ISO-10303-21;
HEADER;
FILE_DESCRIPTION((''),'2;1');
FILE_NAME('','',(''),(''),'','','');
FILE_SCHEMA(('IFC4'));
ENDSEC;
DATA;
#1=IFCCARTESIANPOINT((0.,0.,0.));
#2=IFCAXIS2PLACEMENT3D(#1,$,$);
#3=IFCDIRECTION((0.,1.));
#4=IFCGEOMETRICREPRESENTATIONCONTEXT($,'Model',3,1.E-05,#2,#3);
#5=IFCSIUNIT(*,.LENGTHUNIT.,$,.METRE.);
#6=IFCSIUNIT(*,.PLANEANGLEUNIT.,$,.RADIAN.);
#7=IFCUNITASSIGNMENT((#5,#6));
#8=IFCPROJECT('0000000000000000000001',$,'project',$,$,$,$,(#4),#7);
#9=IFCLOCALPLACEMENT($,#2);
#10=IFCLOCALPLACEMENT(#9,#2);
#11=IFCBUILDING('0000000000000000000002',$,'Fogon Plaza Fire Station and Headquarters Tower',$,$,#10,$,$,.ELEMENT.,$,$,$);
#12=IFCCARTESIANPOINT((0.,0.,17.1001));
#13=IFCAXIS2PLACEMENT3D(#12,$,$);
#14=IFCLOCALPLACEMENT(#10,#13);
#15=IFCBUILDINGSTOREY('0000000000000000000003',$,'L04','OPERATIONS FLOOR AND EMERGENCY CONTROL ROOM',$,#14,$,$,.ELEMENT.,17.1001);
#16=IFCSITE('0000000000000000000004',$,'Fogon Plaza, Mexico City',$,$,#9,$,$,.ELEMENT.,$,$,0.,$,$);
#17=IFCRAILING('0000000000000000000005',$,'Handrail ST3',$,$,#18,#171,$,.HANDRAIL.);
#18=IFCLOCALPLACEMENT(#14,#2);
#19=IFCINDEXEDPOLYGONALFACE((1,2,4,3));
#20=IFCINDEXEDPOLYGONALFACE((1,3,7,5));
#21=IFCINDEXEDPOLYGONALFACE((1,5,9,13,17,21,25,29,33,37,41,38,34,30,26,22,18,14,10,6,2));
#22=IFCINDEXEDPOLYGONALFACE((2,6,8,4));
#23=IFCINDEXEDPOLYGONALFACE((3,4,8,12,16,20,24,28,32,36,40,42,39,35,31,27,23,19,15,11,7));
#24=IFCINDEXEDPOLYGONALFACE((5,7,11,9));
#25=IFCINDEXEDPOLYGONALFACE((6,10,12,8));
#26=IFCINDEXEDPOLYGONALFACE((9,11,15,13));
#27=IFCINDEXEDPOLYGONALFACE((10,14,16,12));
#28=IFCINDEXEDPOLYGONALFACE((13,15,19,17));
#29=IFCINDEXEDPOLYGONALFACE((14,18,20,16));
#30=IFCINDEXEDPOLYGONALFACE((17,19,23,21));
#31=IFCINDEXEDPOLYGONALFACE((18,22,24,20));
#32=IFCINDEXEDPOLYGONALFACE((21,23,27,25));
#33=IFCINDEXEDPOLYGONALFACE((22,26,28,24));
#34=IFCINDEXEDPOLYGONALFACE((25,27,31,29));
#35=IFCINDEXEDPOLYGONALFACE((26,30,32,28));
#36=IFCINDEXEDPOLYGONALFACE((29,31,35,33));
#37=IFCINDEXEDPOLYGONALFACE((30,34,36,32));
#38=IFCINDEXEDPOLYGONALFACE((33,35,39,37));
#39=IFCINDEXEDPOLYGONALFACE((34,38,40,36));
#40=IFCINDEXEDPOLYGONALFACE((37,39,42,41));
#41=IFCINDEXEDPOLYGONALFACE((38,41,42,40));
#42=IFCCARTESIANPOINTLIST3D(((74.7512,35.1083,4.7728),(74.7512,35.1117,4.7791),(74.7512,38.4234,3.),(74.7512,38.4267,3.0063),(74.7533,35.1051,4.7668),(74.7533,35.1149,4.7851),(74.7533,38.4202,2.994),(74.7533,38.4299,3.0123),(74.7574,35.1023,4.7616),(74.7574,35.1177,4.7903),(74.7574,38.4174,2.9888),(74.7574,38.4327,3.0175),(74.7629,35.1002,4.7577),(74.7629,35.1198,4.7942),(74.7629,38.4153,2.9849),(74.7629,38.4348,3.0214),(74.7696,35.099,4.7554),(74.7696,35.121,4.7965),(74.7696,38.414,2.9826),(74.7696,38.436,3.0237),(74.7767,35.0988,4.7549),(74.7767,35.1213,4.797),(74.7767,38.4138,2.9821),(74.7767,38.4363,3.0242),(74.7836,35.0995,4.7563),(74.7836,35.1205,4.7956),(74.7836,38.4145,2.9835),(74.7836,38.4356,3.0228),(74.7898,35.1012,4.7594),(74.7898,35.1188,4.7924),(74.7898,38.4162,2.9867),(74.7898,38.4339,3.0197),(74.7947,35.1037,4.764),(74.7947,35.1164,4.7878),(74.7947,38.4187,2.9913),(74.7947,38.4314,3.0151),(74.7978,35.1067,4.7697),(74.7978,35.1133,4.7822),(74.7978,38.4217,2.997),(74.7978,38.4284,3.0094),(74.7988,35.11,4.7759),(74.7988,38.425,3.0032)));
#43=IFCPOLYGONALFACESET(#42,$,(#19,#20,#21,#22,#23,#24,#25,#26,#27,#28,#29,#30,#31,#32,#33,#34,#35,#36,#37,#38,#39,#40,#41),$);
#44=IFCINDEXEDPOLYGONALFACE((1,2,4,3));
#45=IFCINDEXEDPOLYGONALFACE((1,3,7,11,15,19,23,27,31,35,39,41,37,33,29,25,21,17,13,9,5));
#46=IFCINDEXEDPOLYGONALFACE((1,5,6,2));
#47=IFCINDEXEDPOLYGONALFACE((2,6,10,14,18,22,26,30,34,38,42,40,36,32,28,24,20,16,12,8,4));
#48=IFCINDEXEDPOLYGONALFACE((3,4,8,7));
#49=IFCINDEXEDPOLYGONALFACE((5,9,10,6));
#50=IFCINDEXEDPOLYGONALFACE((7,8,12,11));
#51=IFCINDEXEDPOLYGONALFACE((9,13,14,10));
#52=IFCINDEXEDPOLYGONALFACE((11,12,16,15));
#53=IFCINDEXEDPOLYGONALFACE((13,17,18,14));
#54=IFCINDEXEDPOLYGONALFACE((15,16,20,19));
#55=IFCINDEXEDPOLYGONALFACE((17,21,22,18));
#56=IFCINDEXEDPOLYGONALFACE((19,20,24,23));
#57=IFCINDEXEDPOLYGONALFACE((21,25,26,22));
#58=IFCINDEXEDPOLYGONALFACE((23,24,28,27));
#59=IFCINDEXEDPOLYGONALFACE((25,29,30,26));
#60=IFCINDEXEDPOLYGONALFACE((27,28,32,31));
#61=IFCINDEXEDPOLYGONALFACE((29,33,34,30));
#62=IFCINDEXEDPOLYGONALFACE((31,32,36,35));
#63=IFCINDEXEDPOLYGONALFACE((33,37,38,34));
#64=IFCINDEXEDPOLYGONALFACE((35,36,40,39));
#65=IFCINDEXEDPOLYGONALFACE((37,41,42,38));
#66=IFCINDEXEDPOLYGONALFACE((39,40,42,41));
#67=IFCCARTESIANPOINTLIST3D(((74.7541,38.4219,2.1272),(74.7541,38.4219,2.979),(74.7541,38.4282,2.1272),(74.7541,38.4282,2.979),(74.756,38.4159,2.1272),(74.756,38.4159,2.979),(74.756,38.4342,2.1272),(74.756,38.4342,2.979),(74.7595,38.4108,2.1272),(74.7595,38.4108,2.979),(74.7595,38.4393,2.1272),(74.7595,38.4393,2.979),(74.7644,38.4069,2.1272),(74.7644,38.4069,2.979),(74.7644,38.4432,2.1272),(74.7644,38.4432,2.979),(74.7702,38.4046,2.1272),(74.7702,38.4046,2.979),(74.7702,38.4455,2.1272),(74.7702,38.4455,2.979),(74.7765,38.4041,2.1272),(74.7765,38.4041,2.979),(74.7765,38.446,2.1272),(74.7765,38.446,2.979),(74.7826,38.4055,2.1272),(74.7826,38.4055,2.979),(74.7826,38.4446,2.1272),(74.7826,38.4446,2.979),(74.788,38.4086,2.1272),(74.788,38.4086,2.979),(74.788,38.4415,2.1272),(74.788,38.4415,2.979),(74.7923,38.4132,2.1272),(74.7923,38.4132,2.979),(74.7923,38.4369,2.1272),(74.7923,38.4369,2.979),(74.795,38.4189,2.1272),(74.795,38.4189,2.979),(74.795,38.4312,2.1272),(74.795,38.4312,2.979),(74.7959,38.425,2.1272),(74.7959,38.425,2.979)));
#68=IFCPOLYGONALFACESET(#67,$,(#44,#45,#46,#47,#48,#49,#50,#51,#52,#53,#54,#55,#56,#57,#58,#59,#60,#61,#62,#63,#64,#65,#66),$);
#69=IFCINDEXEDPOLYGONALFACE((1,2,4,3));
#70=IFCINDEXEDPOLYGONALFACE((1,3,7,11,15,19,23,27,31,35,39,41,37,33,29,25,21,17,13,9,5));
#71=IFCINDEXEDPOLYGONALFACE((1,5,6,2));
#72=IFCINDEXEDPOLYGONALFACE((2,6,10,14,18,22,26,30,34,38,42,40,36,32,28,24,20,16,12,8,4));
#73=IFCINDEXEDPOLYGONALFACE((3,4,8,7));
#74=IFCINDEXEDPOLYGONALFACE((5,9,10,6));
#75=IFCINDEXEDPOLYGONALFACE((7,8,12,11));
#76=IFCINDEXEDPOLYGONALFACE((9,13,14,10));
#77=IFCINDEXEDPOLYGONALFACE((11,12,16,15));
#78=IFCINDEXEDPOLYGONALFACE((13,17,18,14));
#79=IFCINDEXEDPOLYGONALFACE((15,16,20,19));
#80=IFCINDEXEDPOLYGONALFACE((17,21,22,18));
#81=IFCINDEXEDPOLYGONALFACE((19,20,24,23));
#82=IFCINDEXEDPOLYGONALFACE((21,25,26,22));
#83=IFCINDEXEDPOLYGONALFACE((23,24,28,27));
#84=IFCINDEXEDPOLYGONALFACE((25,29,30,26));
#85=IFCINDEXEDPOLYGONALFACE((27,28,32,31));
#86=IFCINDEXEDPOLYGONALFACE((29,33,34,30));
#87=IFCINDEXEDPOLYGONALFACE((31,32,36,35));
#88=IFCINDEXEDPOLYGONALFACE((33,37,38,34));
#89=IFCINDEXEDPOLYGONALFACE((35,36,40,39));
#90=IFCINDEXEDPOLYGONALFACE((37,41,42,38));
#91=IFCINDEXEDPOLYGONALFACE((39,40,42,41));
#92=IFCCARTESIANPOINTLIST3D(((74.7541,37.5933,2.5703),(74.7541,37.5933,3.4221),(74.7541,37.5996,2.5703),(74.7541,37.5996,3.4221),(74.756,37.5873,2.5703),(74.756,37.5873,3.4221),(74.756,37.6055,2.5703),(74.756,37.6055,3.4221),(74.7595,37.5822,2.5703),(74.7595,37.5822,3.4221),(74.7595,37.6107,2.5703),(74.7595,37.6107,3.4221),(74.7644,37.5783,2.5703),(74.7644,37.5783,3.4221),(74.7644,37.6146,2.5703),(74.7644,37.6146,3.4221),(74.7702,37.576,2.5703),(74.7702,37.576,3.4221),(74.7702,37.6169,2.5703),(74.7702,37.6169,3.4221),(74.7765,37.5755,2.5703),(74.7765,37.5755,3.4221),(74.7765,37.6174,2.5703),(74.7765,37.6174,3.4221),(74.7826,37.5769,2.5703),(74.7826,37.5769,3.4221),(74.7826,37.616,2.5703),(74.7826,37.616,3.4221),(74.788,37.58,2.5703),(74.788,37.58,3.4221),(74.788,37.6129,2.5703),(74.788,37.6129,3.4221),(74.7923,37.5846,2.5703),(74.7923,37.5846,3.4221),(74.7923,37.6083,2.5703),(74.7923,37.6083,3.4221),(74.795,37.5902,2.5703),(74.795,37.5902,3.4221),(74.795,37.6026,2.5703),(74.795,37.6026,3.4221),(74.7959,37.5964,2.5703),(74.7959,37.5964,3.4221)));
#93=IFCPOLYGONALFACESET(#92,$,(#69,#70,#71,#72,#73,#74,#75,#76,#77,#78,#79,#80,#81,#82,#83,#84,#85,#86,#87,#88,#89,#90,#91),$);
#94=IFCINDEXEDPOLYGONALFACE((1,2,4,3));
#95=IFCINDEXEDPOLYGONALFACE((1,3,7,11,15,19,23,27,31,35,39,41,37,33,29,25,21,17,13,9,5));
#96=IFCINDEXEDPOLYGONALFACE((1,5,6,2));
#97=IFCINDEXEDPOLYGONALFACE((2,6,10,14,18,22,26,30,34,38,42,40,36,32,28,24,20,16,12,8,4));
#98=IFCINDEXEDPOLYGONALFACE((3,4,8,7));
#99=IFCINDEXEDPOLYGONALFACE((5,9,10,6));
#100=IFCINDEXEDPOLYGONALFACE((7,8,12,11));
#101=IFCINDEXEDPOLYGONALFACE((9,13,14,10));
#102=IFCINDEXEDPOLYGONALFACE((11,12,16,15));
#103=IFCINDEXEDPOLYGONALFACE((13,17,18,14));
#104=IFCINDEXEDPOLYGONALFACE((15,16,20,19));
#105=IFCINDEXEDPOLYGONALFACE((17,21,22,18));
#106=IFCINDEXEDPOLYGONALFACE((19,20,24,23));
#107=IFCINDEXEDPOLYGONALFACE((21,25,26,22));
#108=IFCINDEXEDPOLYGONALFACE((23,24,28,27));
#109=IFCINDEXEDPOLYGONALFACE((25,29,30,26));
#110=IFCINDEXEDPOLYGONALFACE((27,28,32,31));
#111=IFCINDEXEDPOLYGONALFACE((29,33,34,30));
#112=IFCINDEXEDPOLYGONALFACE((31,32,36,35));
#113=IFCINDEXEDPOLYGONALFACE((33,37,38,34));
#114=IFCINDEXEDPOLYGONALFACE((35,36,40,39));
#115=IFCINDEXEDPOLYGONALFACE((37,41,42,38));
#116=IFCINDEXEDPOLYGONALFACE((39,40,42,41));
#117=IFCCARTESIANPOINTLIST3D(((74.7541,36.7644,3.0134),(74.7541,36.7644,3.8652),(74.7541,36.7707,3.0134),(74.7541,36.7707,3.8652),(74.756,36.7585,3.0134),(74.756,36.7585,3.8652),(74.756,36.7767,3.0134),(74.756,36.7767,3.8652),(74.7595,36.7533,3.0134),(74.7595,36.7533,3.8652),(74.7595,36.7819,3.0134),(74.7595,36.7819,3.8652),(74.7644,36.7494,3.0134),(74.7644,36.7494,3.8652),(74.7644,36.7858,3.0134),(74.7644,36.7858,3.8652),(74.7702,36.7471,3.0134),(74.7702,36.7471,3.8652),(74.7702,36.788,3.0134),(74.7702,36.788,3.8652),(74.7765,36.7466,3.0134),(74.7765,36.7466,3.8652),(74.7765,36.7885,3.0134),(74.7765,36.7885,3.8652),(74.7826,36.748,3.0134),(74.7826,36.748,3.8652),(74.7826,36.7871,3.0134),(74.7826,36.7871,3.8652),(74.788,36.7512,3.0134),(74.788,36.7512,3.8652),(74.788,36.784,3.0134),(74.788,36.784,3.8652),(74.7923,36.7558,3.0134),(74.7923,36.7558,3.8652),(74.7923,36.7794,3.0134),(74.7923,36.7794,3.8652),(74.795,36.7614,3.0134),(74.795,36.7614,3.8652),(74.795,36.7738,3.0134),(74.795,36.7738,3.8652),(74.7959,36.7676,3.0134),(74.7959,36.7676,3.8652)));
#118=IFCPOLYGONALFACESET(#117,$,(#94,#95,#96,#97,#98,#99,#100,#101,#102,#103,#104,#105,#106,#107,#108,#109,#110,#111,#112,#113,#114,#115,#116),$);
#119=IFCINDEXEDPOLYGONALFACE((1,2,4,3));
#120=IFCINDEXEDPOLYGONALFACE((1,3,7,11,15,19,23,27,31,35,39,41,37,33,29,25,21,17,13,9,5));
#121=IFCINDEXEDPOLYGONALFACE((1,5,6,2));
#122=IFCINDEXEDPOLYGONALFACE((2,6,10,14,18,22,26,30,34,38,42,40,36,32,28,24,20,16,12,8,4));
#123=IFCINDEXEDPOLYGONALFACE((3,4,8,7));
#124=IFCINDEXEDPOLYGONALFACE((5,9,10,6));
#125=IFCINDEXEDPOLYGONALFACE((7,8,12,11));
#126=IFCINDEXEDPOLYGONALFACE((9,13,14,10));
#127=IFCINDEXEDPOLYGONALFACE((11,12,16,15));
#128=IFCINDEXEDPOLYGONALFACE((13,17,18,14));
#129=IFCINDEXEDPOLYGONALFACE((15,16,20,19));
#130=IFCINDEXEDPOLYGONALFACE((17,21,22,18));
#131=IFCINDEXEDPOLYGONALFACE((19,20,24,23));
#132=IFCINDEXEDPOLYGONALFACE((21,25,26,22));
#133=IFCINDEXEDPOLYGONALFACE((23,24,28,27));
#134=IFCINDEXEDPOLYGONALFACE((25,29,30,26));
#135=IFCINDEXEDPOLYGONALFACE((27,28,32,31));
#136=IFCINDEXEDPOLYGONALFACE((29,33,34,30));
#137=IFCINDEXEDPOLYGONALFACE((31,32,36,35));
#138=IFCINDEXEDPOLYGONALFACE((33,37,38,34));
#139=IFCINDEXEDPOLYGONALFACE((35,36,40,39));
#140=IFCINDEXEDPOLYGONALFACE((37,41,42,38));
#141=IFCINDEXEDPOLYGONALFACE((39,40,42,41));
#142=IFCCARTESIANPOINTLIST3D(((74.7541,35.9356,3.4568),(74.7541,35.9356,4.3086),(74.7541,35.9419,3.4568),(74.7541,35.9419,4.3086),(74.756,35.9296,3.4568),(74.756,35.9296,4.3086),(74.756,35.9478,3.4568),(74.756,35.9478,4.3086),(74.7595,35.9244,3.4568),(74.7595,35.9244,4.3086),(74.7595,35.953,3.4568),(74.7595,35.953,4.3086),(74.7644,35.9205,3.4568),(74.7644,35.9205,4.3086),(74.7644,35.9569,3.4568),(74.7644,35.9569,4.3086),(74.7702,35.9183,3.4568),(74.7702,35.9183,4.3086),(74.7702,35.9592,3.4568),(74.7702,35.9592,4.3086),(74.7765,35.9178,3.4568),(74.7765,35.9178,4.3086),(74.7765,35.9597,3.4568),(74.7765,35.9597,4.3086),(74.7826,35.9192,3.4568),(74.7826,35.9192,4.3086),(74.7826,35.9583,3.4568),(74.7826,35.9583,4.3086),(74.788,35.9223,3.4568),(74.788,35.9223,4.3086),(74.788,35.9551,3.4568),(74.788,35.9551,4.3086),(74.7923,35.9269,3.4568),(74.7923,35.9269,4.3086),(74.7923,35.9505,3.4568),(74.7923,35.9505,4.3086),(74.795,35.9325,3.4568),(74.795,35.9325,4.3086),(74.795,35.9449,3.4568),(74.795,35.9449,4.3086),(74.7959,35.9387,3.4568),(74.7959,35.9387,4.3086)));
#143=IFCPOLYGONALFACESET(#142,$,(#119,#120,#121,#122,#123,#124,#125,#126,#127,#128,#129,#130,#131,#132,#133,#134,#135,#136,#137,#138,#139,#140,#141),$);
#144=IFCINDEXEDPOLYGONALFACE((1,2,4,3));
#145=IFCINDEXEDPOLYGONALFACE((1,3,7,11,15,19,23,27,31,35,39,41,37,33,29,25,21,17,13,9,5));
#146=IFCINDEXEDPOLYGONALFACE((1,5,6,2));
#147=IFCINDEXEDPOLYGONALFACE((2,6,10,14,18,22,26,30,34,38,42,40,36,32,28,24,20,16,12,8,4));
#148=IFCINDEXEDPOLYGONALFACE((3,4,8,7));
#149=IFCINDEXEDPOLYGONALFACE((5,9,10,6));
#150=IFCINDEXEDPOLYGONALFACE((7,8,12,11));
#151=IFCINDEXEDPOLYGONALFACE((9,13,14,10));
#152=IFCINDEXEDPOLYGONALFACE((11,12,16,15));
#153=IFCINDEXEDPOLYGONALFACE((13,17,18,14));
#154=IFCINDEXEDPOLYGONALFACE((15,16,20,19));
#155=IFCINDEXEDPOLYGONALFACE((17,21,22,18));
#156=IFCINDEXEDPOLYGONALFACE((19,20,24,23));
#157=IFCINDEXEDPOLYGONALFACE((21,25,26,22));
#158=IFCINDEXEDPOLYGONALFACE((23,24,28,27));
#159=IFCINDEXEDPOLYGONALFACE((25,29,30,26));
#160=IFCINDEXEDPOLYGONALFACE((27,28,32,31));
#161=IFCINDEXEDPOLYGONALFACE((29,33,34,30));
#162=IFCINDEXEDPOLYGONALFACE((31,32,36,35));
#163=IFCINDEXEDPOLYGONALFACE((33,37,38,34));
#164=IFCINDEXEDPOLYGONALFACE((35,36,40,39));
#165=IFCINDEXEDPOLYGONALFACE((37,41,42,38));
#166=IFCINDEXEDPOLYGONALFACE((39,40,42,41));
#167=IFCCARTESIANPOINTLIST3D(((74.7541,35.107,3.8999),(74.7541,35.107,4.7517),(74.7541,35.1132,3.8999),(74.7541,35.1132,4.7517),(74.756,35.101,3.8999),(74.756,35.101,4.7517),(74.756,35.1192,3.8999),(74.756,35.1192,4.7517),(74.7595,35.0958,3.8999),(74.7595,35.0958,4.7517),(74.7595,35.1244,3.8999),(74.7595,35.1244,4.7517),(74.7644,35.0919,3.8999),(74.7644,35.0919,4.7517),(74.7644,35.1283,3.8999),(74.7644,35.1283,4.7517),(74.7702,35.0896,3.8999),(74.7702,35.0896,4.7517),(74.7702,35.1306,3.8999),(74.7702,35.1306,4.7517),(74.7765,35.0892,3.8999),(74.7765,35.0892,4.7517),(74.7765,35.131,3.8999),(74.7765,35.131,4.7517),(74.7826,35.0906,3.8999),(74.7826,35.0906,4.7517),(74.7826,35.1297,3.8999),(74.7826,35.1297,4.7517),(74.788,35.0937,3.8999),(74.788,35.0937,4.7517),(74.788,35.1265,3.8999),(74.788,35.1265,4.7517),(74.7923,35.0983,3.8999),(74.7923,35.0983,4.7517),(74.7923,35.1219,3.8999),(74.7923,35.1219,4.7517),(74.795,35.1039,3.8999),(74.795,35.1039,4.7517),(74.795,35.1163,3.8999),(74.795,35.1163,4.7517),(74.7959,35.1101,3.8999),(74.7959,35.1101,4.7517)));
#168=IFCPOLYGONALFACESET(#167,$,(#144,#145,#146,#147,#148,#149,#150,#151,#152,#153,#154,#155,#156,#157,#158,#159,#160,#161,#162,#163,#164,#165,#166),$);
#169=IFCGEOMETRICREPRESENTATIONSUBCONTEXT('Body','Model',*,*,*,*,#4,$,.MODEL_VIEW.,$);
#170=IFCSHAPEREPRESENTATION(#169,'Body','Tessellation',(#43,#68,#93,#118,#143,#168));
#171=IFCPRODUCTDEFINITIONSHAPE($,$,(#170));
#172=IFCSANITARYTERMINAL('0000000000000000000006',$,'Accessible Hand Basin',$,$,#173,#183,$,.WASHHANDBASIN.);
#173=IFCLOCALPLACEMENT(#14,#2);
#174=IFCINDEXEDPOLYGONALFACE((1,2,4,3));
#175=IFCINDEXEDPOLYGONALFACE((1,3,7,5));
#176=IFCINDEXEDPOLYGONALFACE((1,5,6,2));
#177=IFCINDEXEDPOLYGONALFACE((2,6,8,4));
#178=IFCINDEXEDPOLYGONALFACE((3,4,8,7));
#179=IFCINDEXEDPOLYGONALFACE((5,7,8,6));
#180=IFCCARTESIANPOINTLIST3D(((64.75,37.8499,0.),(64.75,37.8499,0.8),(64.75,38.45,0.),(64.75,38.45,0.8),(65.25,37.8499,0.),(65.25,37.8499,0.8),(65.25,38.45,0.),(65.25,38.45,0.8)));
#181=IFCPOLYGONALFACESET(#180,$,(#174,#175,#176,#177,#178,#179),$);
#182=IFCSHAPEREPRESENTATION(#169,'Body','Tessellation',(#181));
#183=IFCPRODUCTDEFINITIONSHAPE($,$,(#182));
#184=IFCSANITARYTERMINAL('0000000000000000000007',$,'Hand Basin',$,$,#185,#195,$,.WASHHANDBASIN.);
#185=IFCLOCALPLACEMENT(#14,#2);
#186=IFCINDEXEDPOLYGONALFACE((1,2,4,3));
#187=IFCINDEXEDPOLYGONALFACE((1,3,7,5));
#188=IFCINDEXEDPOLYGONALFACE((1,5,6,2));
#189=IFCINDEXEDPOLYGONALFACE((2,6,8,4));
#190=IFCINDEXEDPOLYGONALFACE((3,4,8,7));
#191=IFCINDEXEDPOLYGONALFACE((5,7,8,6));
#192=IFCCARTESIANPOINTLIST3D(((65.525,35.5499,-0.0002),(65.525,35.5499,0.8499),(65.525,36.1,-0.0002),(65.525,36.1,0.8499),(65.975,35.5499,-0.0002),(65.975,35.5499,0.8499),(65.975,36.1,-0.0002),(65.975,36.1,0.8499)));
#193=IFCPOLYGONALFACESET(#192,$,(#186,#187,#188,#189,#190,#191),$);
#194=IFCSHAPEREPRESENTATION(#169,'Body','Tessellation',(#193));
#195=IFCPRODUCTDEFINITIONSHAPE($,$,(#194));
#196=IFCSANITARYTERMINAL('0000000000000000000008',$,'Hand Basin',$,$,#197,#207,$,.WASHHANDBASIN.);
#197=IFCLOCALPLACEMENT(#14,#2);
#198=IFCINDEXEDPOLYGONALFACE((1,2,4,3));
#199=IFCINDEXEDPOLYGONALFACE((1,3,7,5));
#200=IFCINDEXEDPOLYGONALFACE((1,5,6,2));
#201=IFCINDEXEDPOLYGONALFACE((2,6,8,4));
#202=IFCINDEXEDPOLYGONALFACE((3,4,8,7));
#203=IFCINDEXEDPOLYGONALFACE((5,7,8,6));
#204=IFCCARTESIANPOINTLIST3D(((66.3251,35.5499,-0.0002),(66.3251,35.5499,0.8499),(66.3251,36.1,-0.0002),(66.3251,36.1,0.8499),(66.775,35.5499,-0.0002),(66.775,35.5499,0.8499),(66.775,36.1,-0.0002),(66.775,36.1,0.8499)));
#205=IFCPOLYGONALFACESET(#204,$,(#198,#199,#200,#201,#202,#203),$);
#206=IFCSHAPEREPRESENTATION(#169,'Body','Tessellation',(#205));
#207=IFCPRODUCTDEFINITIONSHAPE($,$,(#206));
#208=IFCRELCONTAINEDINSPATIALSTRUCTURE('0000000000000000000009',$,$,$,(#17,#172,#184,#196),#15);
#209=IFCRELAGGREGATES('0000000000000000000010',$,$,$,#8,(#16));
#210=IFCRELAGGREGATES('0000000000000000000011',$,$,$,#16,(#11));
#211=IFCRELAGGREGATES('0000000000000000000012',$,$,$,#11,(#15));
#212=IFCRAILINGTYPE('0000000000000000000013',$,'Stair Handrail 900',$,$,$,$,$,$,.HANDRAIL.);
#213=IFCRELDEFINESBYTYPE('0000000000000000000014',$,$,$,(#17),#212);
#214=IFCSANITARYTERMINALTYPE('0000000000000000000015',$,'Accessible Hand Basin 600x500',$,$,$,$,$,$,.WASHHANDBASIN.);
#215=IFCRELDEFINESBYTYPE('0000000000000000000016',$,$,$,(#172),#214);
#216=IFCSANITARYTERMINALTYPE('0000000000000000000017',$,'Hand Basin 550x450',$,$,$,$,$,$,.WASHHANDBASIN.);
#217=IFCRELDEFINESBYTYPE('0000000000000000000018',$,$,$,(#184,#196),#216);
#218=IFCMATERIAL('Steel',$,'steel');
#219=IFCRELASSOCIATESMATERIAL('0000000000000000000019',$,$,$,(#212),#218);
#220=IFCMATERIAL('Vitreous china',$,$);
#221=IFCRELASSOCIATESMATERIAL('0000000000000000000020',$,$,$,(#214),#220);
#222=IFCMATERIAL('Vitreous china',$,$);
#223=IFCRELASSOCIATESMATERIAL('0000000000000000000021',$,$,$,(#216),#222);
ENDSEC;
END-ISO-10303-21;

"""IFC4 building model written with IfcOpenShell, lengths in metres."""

from ifc_helpers import new_model, si_unit, direction, frame, origin, origin_2d, place, context, subcontext, project, spatial, rectangle, circle, extrude, material, type_object, element, save


model = new_model("IFC4")

# Units and contexts
model_context = context("Model", 3, precision=1e-05, world=origin(), true_north=direction((0.0, 1.0)))
body_context = subcontext(model_context, "Body", "Model", "MODEL_VIEW")
ifc_project = project(units=[si_unit("LENGTHUNIT", "METRE"), si_unit("PLANEANGLEUNIT", "RADIAN")], contexts=[model_context])

# Site, building, storey
site_placement = place(None, origin())
site = spatial("IfcSite", under=ifc_project, at=site_placement, Name="Fogon Plaza, Mexico City", CompositionType="ELEMENT", RefElevation=0.0)
building_placement = place(site_placement, origin())
building = spatial("IfcBuilding", under=site, at=building_placement, Name="Fogon Plaza Fire Station and Headquarters Tower", CompositionType="ELEMENT")
storey_placement = place(building_placement, frame((0.0, 0.0, 17.1001)))
storey = spatial("IfcBuildingStorey", under=building, at=storey_placement, Name="L04", Description="OPERATIONS FLOOR AND EMERGENCY CONTROL ROOM", CompositionType="ELEMENT", Elevation=17.1001)

# Railing
ifc_material_1 = material(Name="Steel", Category="steel")
railing_type = type_object("IfcRailingType", Name="Stair Handrail 900", PredefinedType="HANDRAIL", material=ifc_material_1)
for number, where, name in (
    (1, (74.7749, 38.425, 2.1272), "Handrail ST3"),
):
    element("IfcRailing", number, at=place(storey_placement, frame(where)), inside=storey, type_object=railing_type, Name=name, PredefinedType="HANDRAIL", context=body_context, shape_type="SweptSolid", body=[
        extrude(circle(Radius=0.0239, at=origin_2d()), frame((0.0, 0.0, 0.876), z_axis=(0.0, -0.881829, 0.471569), x_axis=(1.0, 0.0, 0.0)), (0.0, 0.0, 1.0), 3.7593),
        extrude(circle(Radius=0.021, at=origin_2d()), origin(), (0.0, 0.0, 1.0), 0.8518),
        extrude(circle(Radius=0.021, at=origin_2d()), frame((0.0, -0.8286, 0.4431)), (0.0, 0.0, 1.0), 0.8518),
        extrude(circle(Radius=0.021, at=origin_2d()), frame((0.0, -1.6575, 0.8862)), (0.0, 0.0, 1.0), 0.8518),
        extrude(circle(Radius=0.021, at=origin_2d()), frame((0.0, -2.4863, 1.3296)), (0.0, 0.0, 1.0), 0.8518),
        extrude(circle(Radius=0.021, at=origin_2d()), frame((0.0, -3.3149, 1.7727)), (0.0, 0.0, 1.0), 0.8518),
    ])

# Sanitary terminals
ifc_material_2 = material(Name="Vitreous china")
sanitary_terminal_type_1 = type_object("IfcSanitaryTerminalType", Name="Accessible Hand Basin 600x500", PredefinedType="WASHHANDBASIN", material=ifc_material_2)
sanitary_terminal_placement = place(storey_placement, frame((65.0, 38.1499, 0.0), z_axis=(0.0, 0.0, 1.0), x_axis=(1.0, 0.0, 0.0)))
element("IfcSanitaryTerminal", 2, at=sanitary_terminal_placement, inside=storey, type_object=sanitary_terminal_type_1, Name="Accessible Hand Basin", PredefinedType="WASHHANDBASIN", context=body_context, shape_type="SweptSolid", body=[
    extrude(rectangle(XDim=0.5, YDim=0.6001, at=origin_2d()), origin(), (0.0, 0.0, 1.0), 0.8),
])
ifc_material_3 = material(Name="Vitreous china")
sanitary_terminal_type_2 = type_object("IfcSanitaryTerminalType", Name="Hand Basin 550x450", PredefinedType="WASHHANDBASIN", material=ifc_material_3)
for number, where, z_axis, x_axis, name in (
    (3, (65.75, 35.825, -0.0002), (0.0, 0.0, 1.0), (1.0, 0.0, 0.0), "Hand Basin"),
    (4, (66.55, 35.825, -0.0002), (0.0, 0.0, 1.0), (1.0, 0.0, 0.0), "Hand Basin"),
):
    element("IfcSanitaryTerminal", number, at=place(storey_placement, frame(where, z_axis=z_axis, x_axis=x_axis)), inside=storey, type_object=sanitary_terminal_type_2, Name=name, PredefinedType="WASHHANDBASIN", context=body_context, shape_type="SweptSolid", body=[
        extrude(rectangle(XDim=0.45, YDim=0.55, at=origin_2d()), origin(), (0.0, 0.0, 1.0), 0.8501),
    ])

save(model, "model.ifc")
